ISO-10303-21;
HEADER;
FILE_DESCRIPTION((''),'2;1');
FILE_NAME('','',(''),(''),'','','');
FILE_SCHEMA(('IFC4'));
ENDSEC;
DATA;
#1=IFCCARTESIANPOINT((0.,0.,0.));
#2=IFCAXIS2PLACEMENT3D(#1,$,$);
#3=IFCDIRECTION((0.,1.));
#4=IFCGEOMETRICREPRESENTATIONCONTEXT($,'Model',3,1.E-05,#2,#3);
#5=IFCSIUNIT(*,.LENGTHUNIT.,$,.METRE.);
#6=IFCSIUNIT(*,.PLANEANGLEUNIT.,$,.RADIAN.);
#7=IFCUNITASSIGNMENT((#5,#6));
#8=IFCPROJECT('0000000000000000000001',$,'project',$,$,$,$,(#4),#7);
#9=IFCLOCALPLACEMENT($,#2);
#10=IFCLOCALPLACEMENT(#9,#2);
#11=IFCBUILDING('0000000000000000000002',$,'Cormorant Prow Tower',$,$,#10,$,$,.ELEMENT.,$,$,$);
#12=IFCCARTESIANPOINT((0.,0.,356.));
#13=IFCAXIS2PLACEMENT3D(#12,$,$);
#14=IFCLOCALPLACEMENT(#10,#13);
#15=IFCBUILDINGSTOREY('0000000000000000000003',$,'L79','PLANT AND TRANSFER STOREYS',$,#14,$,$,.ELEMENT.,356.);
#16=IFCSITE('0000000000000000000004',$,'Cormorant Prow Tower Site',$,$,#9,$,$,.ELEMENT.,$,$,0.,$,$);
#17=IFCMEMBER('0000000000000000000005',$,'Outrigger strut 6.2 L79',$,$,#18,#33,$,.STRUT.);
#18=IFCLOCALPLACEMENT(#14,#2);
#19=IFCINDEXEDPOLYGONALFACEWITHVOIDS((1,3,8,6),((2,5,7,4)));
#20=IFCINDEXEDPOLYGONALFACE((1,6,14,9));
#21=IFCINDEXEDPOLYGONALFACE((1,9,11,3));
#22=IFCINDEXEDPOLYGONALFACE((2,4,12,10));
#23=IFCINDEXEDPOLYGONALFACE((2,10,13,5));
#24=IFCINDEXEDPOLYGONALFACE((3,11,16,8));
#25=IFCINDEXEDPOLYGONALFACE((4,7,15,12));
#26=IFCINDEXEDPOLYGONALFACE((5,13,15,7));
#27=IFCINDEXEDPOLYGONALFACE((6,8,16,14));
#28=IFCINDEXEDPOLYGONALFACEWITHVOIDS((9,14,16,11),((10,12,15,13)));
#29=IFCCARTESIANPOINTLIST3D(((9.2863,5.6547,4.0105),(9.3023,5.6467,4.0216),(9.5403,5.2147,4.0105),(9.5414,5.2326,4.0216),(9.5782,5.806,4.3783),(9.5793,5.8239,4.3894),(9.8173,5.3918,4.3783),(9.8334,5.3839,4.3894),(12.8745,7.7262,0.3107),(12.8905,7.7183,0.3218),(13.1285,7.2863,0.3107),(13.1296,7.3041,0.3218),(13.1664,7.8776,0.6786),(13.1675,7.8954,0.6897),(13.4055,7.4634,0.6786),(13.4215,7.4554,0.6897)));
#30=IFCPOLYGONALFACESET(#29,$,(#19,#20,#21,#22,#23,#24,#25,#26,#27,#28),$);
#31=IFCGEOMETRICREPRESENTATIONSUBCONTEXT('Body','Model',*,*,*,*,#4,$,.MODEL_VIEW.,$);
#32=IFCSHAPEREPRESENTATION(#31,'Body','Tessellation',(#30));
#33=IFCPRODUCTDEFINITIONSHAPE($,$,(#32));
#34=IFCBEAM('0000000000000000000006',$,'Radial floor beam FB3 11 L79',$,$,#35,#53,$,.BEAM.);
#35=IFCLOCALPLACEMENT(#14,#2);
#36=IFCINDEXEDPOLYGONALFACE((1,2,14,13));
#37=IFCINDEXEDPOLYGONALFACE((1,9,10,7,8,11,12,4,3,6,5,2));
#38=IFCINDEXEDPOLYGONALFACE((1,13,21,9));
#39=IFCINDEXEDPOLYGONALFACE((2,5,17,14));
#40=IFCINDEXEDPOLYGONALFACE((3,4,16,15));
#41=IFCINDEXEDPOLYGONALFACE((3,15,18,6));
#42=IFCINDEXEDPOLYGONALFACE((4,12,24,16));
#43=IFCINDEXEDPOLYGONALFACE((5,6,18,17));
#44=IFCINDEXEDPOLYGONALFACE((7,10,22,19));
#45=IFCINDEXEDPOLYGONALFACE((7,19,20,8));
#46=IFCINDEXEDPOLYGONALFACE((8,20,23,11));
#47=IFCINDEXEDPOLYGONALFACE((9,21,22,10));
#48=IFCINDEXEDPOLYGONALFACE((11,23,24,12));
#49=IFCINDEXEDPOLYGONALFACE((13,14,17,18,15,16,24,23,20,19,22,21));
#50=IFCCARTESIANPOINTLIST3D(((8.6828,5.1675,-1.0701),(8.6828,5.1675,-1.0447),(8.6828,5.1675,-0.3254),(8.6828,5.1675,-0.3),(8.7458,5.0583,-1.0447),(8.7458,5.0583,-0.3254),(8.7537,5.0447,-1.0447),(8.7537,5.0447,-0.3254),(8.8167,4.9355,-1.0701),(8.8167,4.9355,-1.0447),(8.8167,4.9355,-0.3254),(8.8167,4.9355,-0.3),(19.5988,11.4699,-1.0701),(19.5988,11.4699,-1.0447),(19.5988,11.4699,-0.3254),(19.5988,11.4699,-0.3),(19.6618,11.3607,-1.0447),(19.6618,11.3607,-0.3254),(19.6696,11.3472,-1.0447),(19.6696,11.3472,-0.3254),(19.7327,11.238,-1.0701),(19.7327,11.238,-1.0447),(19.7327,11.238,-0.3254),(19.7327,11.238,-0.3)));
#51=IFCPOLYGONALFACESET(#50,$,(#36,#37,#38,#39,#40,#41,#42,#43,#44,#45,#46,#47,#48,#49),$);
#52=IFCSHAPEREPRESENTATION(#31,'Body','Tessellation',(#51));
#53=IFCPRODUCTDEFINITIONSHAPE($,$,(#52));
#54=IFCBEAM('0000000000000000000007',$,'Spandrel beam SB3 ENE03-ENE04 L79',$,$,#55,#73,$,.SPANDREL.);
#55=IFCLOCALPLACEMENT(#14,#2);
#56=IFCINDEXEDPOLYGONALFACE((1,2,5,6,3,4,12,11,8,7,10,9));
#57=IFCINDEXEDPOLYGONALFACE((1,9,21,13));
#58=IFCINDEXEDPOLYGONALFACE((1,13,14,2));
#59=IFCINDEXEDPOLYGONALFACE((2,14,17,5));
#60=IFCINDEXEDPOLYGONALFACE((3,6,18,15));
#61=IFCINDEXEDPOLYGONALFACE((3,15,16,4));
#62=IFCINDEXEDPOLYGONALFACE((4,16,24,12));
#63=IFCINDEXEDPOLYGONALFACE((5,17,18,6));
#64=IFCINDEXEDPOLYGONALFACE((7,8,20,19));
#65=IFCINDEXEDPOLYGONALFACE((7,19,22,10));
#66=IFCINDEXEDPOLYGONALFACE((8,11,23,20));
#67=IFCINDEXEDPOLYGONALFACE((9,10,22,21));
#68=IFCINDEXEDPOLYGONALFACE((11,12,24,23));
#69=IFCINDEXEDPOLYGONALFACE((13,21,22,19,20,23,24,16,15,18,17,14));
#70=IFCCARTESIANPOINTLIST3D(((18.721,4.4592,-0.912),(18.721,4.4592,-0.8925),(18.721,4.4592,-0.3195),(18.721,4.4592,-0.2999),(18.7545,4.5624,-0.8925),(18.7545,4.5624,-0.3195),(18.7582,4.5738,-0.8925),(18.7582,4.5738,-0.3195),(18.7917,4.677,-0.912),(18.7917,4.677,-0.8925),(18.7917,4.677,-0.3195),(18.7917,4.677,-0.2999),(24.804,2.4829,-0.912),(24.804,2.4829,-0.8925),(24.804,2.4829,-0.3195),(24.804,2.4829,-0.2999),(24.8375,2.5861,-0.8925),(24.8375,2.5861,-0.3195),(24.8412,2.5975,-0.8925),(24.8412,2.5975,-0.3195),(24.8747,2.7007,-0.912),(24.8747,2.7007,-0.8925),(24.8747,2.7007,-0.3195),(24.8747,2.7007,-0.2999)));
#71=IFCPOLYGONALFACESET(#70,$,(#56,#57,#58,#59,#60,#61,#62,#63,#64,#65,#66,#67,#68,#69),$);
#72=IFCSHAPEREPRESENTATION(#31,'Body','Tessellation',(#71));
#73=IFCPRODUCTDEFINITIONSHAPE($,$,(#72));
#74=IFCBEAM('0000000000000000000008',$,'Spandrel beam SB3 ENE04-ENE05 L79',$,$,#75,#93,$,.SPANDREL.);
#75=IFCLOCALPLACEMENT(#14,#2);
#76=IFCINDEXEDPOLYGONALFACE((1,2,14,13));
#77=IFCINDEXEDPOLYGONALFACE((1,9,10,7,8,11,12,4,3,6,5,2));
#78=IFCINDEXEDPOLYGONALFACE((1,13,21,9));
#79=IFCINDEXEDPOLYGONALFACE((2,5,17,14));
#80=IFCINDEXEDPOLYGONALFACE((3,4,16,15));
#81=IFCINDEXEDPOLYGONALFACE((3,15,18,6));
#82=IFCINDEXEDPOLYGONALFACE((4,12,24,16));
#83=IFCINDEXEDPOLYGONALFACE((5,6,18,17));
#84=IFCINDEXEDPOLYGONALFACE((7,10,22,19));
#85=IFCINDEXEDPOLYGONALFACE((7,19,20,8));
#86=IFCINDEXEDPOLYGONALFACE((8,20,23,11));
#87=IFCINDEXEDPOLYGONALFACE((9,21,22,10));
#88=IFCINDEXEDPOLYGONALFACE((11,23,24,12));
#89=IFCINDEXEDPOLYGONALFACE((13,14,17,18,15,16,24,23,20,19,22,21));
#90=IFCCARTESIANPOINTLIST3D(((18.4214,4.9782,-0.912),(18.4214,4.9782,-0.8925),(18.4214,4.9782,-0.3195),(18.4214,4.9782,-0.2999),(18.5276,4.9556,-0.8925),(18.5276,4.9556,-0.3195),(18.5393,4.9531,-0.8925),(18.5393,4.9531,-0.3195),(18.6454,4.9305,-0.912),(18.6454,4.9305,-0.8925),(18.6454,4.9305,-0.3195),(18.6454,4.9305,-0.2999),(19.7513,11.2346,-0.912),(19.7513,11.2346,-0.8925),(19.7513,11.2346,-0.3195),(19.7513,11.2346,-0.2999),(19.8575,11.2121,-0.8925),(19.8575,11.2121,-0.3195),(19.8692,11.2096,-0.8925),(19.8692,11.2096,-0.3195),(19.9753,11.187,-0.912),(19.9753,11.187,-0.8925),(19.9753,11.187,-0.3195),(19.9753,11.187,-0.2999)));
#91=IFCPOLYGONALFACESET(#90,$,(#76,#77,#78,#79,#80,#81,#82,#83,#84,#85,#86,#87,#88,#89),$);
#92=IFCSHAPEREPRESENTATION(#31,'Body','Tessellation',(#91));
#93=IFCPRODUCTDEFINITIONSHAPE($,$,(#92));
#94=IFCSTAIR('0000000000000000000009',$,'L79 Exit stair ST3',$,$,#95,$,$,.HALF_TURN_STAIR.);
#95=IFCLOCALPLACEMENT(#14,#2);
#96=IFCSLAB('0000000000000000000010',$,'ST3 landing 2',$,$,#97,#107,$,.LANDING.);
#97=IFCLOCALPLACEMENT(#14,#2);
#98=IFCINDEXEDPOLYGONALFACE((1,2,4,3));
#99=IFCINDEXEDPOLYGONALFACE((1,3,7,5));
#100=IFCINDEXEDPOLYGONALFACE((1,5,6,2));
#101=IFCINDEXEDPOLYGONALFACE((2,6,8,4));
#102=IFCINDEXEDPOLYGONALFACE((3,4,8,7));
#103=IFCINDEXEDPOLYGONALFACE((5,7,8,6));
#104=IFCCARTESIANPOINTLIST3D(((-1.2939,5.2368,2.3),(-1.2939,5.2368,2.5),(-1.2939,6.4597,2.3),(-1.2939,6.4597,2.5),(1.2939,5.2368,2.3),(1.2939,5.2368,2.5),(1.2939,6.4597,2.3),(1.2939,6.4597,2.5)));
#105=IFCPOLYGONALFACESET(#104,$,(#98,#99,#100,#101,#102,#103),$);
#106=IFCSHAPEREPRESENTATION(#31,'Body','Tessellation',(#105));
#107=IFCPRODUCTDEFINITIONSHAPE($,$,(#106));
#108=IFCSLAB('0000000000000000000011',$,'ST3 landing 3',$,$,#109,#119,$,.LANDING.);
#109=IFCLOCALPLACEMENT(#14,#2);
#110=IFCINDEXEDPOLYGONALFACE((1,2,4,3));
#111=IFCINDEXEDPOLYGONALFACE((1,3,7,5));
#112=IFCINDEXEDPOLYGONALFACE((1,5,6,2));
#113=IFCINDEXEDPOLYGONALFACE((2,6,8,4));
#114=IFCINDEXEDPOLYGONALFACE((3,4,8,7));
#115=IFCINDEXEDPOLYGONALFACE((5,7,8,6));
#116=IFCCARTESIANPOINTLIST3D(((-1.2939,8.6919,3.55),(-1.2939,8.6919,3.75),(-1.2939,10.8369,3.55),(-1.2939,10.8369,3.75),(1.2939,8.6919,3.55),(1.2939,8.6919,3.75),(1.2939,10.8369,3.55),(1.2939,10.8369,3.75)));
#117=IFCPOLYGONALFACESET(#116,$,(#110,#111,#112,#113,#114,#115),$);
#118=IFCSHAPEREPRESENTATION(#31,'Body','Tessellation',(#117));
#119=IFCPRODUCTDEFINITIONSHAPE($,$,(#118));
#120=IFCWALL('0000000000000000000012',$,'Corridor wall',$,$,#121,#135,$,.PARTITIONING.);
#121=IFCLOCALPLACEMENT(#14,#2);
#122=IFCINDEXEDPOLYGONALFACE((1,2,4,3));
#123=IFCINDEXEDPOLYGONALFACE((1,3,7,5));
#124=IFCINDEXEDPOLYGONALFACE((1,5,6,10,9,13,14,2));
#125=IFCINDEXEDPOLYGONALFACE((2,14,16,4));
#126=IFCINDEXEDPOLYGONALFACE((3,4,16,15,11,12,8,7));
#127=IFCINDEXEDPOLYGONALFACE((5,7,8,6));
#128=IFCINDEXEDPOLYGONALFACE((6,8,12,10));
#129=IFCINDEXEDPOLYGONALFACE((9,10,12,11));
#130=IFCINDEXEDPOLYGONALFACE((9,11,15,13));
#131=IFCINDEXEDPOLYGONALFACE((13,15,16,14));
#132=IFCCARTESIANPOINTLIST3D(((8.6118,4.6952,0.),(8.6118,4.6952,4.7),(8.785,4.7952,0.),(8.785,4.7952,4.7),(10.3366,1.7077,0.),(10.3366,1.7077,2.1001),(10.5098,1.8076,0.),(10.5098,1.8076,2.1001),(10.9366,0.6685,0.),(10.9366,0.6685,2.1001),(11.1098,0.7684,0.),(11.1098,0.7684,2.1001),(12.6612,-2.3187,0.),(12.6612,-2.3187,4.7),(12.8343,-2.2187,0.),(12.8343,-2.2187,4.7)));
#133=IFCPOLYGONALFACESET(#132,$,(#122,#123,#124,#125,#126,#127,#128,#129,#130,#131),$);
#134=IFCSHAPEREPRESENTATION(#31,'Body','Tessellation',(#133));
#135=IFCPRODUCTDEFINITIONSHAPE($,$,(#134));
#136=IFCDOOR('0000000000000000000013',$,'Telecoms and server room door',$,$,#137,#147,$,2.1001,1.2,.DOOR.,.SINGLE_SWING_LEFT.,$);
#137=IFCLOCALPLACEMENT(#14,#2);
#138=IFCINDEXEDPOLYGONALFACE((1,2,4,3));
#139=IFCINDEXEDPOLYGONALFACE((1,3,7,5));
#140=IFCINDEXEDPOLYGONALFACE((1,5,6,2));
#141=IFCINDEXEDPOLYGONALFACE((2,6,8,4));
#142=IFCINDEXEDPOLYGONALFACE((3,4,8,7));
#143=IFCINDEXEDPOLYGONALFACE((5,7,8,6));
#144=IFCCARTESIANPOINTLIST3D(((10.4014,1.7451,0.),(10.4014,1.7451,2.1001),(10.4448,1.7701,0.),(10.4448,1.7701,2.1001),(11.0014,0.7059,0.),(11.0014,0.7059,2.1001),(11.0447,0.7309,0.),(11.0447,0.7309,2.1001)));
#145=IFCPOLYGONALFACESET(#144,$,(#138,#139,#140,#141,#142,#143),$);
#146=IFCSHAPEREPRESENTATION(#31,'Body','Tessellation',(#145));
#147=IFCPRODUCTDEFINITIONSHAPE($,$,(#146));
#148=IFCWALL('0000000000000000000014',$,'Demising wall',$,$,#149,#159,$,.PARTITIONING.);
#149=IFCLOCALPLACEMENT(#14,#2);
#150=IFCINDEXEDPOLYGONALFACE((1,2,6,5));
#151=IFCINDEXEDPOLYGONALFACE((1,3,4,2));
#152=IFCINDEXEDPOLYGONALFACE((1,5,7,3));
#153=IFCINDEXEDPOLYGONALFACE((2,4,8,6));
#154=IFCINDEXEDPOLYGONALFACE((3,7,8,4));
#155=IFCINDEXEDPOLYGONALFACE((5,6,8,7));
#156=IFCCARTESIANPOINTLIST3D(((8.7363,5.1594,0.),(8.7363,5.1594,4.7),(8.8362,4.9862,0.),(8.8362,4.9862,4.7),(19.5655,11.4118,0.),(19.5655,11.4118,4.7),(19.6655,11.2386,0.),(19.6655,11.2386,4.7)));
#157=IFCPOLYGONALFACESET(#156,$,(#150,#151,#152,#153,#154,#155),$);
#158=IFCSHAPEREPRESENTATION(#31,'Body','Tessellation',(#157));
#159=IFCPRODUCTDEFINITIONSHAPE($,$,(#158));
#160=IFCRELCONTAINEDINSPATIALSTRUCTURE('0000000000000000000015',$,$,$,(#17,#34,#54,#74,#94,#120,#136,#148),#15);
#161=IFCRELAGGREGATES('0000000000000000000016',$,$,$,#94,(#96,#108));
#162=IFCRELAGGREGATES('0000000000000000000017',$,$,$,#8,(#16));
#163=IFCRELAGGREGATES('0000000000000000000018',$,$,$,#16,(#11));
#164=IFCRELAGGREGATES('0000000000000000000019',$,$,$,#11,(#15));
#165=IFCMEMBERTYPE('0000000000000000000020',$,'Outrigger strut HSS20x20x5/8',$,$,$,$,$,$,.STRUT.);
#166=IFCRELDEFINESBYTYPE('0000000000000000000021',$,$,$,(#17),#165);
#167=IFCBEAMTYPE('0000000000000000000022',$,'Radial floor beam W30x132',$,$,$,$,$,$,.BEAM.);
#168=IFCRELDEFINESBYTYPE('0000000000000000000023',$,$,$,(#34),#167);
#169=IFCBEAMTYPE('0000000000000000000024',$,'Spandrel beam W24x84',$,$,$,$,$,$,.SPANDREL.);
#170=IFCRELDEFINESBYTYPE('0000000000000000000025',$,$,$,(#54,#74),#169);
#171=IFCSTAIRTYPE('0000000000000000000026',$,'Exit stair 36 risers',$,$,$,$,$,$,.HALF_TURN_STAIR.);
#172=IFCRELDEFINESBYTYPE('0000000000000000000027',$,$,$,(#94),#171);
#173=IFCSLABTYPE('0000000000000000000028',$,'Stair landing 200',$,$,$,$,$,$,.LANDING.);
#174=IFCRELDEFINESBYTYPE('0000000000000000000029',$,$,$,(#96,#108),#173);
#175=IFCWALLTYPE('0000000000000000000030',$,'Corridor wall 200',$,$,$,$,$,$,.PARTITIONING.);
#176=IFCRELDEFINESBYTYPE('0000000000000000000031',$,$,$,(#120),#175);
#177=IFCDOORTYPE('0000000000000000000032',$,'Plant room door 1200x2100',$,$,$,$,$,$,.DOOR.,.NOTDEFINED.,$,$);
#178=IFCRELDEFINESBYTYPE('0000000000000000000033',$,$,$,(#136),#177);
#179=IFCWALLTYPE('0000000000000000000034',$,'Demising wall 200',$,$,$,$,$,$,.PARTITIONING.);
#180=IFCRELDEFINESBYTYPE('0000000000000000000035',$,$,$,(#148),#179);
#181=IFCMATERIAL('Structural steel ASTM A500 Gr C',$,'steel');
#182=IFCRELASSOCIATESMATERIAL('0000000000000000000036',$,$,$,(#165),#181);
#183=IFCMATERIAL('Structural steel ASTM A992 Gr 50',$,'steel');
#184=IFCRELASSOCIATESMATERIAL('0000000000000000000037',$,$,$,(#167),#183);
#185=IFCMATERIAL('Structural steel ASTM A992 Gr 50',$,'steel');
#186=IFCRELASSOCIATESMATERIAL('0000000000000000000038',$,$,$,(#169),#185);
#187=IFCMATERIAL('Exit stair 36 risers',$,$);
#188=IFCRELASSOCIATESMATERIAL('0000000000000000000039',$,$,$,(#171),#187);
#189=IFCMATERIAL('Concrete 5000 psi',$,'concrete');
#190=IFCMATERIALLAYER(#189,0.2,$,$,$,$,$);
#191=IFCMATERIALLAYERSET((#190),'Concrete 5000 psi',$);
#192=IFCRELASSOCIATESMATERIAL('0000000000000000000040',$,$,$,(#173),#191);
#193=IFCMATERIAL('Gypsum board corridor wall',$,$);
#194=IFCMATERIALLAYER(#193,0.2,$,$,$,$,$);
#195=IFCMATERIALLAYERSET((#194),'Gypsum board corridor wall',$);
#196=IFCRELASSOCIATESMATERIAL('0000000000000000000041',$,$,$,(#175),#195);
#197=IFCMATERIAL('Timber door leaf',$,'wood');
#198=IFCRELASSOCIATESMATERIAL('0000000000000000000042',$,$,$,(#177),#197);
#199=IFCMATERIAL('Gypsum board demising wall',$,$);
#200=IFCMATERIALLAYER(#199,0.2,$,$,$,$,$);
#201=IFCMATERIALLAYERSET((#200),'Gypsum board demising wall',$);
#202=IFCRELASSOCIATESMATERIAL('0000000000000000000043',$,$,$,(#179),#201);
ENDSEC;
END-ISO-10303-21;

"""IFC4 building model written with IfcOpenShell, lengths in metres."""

from ifc_helpers import new_model, si_unit, direction, frame, frame_2d, origin, origin_2d, place, context, subcontext, project, spatial, polyline, rectangle, hollow_rectangle, i_section, outline, extrude, material, layer, layer_set, material_profile, profile_set, type_object, element, fill, aggregate, save


model = new_model("IFC4")

# Units and contexts
model_context = context("Model", 3, precision=1e-05, world=origin(), true_north=direction((0.0, 1.0)))
body_context = subcontext(model_context, "Body", "Model", "MODEL_VIEW")
ifc_project = project(units=[si_unit("LENGTHUNIT", "METRE"), si_unit("PLANEANGLEUNIT", "RADIAN")], contexts=[model_context])

# Site, building, storey
site_placement = place(None, origin())
site = spatial("IfcSite", under=ifc_project, at=site_placement, Name="Cormorant Prow Tower Site", CompositionType="ELEMENT", RefElevation=0.0)
building_placement = place(site_placement, origin())
building = spatial("IfcBuilding", under=site, at=building_placement, Name="Cormorant Prow Tower", CompositionType="ELEMENT")
storey_placement = place(building_placement, frame((0.0, 0.0, 356.0)))
storey = spatial("IfcBuildingStorey", under=building, at=storey_placement, Name="L79", Description="PLANT AND TRANSFER STOREYS", CompositionType="ELEMENT", Elevation=356.0)

# Member
ifc_material_1 = material(Name="Structural steel ASTM A500 Gr C", Category="steel")
ifc_material_profile_1 = material_profile(ifc_material_1, hollow_rectangle(XDim=0.5081, YDim=0.5081, WallThickness=0.0149, at=origin_2d()), Name="HSS20x20x5/8")
ifc_profile_set_1 = profile_set([ifc_material_profile_1], Name="Structural steel ASTM A500 Gr C")
member_type_1 = type_object("IfcMemberType", Name="Outrigger strut HSS20x20x5/8", PredefinedType="STRUT", material=ifc_profile_set_1)
member_1_placement = place(storey_placement, frame((9.5598, 5.5193, 4.2), z_axis=(0.645973, 0.372939, -0.66606), x_axis=(-0.499986, 0.866033, 0.0)))
element("IfcMember", 1, at=member_1_placement, inside=storey, type_object=member_type_1, Name="Outrigger strut 6.2 L79", PredefinedType="STRUT", context=body_context, shape_type="SweptSolid", body=[
    extrude(hollow_rectangle(XDim=0.5081, YDim=0.5081, WallThickness=0.0149, at=origin_2d()), origin(), (0.0, 0.0, 1.0), 5.5547),
])

# Beams
ifc_material_2 = material(Name="Structural steel ASTM A992 Gr 50", Category="steel")
ifc_material_profile_2 = material_profile(ifc_material_2, i_section(OverallWidth=0.2678, OverallDepth=0.77, WebThickness=0.0156, FlangeThickness=0.0254, at=origin_2d()), Name="W30x132")
ifc_profile_set_2 = profile_set([ifc_material_profile_2], Name="Structural steel ASTM A992 Gr 50")
beam_type_1 = type_object("IfcBeamType", Name="Radial floor beam W30x132", PredefinedType="BEAM", material=ifc_profile_set_2)
beam_1_placement = place(storey_placement, frame((8.7498, 5.0515, -0.6851), z_axis=(0.866021, 0.500007, 0.0), x_axis=(-0.500007, 0.866021, 0.0)))
element("IfcBeam", 2, at=beam_1_placement, inside=storey, type_object=beam_type_1, Name="Radial floor beam FB3 11 L79", PredefinedType="BEAM", context=body_context, shape_type="SweptSolid", body=[
    extrude(i_section(OverallWidth=0.2678, OverallDepth=0.77, WebThickness=0.0156, FlangeThickness=0.0254, at=origin_2d()), origin(), (0.0, 0.0, 1.0), 12.6047),
])
ifc_material_3 = material(Name="Structural steel ASTM A992 Gr 50", Category="steel")
ifc_material_profile_3 = material_profile(ifc_material_3, i_section(OverallWidth=0.229, OverallDepth=0.6121, WebThickness=0.012, FlangeThickness=0.0195, at=origin_2d()), Name="W24x84")
ifc_profile_set_3 = profile_set([ifc_material_profile_3], Name="Structural steel ASTM A992 Gr 50")
beam_type_2 = type_object("IfcBeamType", Name="Spandrel beam W24x84", PredefinedType="SPANDREL", material=ifc_profile_set_3)
beam_2_placement = place(storey_placement, frame((24.8394, 2.5918, -0.606), z_axis=(-0.951064, 0.308993, 0.0), x_axis=(-0.308993, -0.951064, 0.0)))
element("IfcBeam", 3, at=beam_2_placement, inside=storey, type_object=beam_type_2, Name="Spandrel beam SB3 ENE03-ENE04 L79", PredefinedType="SPANDREL", context=body_context, shape_type="SweptSolid", body=[
    extrude(i_section(OverallWidth=0.229, OverallDepth=0.6121, WebThickness=0.012, FlangeThickness=0.0195, at=origin_2d()), origin(), (0.0, 0.0, 1.0), 6.396),
])
beam_3_placement = place(storey_placement, frame((18.5334, 4.9543, -0.606), z_axis=(0.207913, 0.978147, 0.0), x_axis=(-0.978147, 0.207913, 0.0)))
element("IfcBeam", 4, at=beam_3_placement, inside=storey, type_object=beam_type_2, Name="Spandrel beam SB3 ENE04-ENE05 L79", PredefinedType="SPANDREL", context=body_context, shape_type="SweptSolid", body=[
    extrude(i_section(OverallWidth=0.229, OverallDepth=0.6121, WebThickness=0.012, FlangeThickness=0.0195, at=origin_2d()), origin(), (0.0, 0.0, 1.0), 6.3962),
])

# Stair, slabs
ifc_material_4 = material(Name="Exit stair 36 risers")
stair_type = type_object("IfcStairType", Name="Exit stair 36 risers", PredefinedType="HALF_TURN_STAIR", material=ifc_material_4)
stair_placement = place(storey_placement, origin())
stair = element("IfcStair", 5, at=stair_placement, inside=storey, type_object=stair_type, Name="L79 Exit stair ST3", PredefinedType="HALF_TURN_STAIR")
ifc_material_5 = material(Name="Concrete 5000 psi", Category="concrete")
ifc_layer_1 = layer(ifc_material_5, 0.2)
ifc_layer_set_1 = layer_set([ifc_layer_1], Name="Concrete 5000 psi")
slab_type = type_object("IfcSlabType", Name="Stair landing 200", PredefinedType="LANDING", material=ifc_layer_set_1)
slab_1_placement = place(storey_placement, frame((0.0, 0.0, 2.3)))
slab_1 = element("IfcSlab", 6, at=slab_1_placement, type_object=slab_type, Name="ST3 landing 2", PredefinedType="LANDING", context=body_context, shape_type="SweptSolid", body=[
    extrude(outline(polyline([(1.2939, 5.2368), (1.2939, 6.4597), (-1.2939, 6.4597), (-1.2939, 5.2368), (1.2939, 5.2368)])), origin(), (0.0, 0.0, 1.0), 0.2),
])
slab_2_placement = place(storey_placement, frame((0.0, 0.0, 3.55)))
slab_2 = element("IfcSlab", 7, at=slab_2_placement, type_object=slab_type, Name="ST3 landing 3", PredefinedType="LANDING", context=body_context, shape_type="SweptSolid", body=[
    extrude(outline(polyline([(1.2939, 8.6919), (1.2939, 10.8369), (-1.2939, 10.8369), (-1.2939, 8.6919), (1.2939, 8.6919)])), origin(), (0.0, 0.0, 1.0), 0.2),
])

# Wall, opening, door
ifc_material_6 = material(Name="Gypsum board corridor wall")
ifc_layer_2 = layer(ifc_material_6, 0.2)
ifc_layer_set_2 = layer_set([ifc_layer_2], Name="Gypsum board corridor wall")
wall_type_1 = type_object("IfcWallType", Name="Corridor wall 200", PredefinedType="PARTITIONING", material=ifc_layer_set_2)
wall_1_placement = place(storey_placement, frame((8.6985, 4.7451, 0.0), z_axis=(0.0, 0.0, 1.0), x_axis=(0.499984, -0.866034, 0.0)))
wall_1 = element("IfcWall", 8, at=wall_1_placement, inside=storey, type_object=wall_type_1, Name="Corridor wall", PredefinedType="PARTITIONING", context=body_context, shape_type="SweptSolid", body=[
    extrude(rectangle(XDim=8.0989, YDim=0.2, at=frame_2d((4.0493, 0.0))), origin(), (0.0, 0.0, 1.0), 4.7),
])
opening_1_placement = place(wall_1_placement, frame((3.4495, 0.0, 0.0)))
opening_1 = element("IfcOpeningElement", 9, at=opening_1_placement, cuts=wall_1, PredefinedType="OPENING", context=body_context, shape_type="SweptSolid", body=[
    extrude(rectangle(XDim=1.2, YDim=2.1001, at=frame_2d((0.6001, 1.05))), frame((0.0, 0.1099, 0.0), z_axis=(0.0, -1.0, 0.0), x_axis=(1.0, 0.0, 0.0)), (0.0, 0.0, 1.0), 0.22),
])
ifc_material_7 = material(Name="Timber door leaf", Category="wood")
door_type_1 = type_object("IfcDoorType", Name="Plant room door 1200x2100", OperationType="NOTDEFINED", PredefinedType="DOOR", material=ifc_material_7)
door_1_placement = place(opening_1_placement, origin())
door_1 = element("IfcDoor", 10, at=door_1_placement, inside=storey, type_object=door_type_1, Name="Telecoms and server room door", OperationType="SINGLE_SWING_LEFT", OverallHeight=2.1001, OverallWidth=1.2, PredefinedType="DOOR", context=body_context, shape_type="SweptSolid", body=[
    extrude(rectangle(XDim=1.2, YDim=2.1001, at=frame_2d((0.6001, 1.05))), frame((0.0, 0.0249, 0.0), z_axis=(0.0, -1.0, 0.0), x_axis=(1.0, 0.0, 0.0)), (0.0, 0.0, 1.0), 0.05),
])
fill(opening_1, door_1)

# Wall
ifc_material_8 = material(Name="Gypsum board demising wall")
ifc_layer_3 = layer(ifc_material_8, 0.2)
ifc_layer_set_3 = layer_set([ifc_layer_3], Name="Gypsum board demising wall")
wall_type_2 = type_object("IfcWallType", Name="Demising wall 200", PredefinedType="PARTITIONING", material=ifc_layer_set_3)
wall_2_placement = place(storey_placement, frame((8.7861, 5.0728, 0.0), z_axis=(0.0, 0.0, 1.0), x_axis=(0.866021, 0.500007, 0.0)))
element("IfcWall", 11, at=wall_2_placement, inside=storey, type_object=wall_type_2, Name="Demising wall", PredefinedType="PARTITIONING", context=body_context, shape_type="SweptSolid", body=[
    extrude(rectangle(XDim=12.5046, YDim=0.2, at=frame_2d((6.2524, 0.0))), origin(), (0.0, 0.0, 1.0), 4.7),
])

aggregate(stair, [slab_1, slab_2])

save(model, "model.ifc")
